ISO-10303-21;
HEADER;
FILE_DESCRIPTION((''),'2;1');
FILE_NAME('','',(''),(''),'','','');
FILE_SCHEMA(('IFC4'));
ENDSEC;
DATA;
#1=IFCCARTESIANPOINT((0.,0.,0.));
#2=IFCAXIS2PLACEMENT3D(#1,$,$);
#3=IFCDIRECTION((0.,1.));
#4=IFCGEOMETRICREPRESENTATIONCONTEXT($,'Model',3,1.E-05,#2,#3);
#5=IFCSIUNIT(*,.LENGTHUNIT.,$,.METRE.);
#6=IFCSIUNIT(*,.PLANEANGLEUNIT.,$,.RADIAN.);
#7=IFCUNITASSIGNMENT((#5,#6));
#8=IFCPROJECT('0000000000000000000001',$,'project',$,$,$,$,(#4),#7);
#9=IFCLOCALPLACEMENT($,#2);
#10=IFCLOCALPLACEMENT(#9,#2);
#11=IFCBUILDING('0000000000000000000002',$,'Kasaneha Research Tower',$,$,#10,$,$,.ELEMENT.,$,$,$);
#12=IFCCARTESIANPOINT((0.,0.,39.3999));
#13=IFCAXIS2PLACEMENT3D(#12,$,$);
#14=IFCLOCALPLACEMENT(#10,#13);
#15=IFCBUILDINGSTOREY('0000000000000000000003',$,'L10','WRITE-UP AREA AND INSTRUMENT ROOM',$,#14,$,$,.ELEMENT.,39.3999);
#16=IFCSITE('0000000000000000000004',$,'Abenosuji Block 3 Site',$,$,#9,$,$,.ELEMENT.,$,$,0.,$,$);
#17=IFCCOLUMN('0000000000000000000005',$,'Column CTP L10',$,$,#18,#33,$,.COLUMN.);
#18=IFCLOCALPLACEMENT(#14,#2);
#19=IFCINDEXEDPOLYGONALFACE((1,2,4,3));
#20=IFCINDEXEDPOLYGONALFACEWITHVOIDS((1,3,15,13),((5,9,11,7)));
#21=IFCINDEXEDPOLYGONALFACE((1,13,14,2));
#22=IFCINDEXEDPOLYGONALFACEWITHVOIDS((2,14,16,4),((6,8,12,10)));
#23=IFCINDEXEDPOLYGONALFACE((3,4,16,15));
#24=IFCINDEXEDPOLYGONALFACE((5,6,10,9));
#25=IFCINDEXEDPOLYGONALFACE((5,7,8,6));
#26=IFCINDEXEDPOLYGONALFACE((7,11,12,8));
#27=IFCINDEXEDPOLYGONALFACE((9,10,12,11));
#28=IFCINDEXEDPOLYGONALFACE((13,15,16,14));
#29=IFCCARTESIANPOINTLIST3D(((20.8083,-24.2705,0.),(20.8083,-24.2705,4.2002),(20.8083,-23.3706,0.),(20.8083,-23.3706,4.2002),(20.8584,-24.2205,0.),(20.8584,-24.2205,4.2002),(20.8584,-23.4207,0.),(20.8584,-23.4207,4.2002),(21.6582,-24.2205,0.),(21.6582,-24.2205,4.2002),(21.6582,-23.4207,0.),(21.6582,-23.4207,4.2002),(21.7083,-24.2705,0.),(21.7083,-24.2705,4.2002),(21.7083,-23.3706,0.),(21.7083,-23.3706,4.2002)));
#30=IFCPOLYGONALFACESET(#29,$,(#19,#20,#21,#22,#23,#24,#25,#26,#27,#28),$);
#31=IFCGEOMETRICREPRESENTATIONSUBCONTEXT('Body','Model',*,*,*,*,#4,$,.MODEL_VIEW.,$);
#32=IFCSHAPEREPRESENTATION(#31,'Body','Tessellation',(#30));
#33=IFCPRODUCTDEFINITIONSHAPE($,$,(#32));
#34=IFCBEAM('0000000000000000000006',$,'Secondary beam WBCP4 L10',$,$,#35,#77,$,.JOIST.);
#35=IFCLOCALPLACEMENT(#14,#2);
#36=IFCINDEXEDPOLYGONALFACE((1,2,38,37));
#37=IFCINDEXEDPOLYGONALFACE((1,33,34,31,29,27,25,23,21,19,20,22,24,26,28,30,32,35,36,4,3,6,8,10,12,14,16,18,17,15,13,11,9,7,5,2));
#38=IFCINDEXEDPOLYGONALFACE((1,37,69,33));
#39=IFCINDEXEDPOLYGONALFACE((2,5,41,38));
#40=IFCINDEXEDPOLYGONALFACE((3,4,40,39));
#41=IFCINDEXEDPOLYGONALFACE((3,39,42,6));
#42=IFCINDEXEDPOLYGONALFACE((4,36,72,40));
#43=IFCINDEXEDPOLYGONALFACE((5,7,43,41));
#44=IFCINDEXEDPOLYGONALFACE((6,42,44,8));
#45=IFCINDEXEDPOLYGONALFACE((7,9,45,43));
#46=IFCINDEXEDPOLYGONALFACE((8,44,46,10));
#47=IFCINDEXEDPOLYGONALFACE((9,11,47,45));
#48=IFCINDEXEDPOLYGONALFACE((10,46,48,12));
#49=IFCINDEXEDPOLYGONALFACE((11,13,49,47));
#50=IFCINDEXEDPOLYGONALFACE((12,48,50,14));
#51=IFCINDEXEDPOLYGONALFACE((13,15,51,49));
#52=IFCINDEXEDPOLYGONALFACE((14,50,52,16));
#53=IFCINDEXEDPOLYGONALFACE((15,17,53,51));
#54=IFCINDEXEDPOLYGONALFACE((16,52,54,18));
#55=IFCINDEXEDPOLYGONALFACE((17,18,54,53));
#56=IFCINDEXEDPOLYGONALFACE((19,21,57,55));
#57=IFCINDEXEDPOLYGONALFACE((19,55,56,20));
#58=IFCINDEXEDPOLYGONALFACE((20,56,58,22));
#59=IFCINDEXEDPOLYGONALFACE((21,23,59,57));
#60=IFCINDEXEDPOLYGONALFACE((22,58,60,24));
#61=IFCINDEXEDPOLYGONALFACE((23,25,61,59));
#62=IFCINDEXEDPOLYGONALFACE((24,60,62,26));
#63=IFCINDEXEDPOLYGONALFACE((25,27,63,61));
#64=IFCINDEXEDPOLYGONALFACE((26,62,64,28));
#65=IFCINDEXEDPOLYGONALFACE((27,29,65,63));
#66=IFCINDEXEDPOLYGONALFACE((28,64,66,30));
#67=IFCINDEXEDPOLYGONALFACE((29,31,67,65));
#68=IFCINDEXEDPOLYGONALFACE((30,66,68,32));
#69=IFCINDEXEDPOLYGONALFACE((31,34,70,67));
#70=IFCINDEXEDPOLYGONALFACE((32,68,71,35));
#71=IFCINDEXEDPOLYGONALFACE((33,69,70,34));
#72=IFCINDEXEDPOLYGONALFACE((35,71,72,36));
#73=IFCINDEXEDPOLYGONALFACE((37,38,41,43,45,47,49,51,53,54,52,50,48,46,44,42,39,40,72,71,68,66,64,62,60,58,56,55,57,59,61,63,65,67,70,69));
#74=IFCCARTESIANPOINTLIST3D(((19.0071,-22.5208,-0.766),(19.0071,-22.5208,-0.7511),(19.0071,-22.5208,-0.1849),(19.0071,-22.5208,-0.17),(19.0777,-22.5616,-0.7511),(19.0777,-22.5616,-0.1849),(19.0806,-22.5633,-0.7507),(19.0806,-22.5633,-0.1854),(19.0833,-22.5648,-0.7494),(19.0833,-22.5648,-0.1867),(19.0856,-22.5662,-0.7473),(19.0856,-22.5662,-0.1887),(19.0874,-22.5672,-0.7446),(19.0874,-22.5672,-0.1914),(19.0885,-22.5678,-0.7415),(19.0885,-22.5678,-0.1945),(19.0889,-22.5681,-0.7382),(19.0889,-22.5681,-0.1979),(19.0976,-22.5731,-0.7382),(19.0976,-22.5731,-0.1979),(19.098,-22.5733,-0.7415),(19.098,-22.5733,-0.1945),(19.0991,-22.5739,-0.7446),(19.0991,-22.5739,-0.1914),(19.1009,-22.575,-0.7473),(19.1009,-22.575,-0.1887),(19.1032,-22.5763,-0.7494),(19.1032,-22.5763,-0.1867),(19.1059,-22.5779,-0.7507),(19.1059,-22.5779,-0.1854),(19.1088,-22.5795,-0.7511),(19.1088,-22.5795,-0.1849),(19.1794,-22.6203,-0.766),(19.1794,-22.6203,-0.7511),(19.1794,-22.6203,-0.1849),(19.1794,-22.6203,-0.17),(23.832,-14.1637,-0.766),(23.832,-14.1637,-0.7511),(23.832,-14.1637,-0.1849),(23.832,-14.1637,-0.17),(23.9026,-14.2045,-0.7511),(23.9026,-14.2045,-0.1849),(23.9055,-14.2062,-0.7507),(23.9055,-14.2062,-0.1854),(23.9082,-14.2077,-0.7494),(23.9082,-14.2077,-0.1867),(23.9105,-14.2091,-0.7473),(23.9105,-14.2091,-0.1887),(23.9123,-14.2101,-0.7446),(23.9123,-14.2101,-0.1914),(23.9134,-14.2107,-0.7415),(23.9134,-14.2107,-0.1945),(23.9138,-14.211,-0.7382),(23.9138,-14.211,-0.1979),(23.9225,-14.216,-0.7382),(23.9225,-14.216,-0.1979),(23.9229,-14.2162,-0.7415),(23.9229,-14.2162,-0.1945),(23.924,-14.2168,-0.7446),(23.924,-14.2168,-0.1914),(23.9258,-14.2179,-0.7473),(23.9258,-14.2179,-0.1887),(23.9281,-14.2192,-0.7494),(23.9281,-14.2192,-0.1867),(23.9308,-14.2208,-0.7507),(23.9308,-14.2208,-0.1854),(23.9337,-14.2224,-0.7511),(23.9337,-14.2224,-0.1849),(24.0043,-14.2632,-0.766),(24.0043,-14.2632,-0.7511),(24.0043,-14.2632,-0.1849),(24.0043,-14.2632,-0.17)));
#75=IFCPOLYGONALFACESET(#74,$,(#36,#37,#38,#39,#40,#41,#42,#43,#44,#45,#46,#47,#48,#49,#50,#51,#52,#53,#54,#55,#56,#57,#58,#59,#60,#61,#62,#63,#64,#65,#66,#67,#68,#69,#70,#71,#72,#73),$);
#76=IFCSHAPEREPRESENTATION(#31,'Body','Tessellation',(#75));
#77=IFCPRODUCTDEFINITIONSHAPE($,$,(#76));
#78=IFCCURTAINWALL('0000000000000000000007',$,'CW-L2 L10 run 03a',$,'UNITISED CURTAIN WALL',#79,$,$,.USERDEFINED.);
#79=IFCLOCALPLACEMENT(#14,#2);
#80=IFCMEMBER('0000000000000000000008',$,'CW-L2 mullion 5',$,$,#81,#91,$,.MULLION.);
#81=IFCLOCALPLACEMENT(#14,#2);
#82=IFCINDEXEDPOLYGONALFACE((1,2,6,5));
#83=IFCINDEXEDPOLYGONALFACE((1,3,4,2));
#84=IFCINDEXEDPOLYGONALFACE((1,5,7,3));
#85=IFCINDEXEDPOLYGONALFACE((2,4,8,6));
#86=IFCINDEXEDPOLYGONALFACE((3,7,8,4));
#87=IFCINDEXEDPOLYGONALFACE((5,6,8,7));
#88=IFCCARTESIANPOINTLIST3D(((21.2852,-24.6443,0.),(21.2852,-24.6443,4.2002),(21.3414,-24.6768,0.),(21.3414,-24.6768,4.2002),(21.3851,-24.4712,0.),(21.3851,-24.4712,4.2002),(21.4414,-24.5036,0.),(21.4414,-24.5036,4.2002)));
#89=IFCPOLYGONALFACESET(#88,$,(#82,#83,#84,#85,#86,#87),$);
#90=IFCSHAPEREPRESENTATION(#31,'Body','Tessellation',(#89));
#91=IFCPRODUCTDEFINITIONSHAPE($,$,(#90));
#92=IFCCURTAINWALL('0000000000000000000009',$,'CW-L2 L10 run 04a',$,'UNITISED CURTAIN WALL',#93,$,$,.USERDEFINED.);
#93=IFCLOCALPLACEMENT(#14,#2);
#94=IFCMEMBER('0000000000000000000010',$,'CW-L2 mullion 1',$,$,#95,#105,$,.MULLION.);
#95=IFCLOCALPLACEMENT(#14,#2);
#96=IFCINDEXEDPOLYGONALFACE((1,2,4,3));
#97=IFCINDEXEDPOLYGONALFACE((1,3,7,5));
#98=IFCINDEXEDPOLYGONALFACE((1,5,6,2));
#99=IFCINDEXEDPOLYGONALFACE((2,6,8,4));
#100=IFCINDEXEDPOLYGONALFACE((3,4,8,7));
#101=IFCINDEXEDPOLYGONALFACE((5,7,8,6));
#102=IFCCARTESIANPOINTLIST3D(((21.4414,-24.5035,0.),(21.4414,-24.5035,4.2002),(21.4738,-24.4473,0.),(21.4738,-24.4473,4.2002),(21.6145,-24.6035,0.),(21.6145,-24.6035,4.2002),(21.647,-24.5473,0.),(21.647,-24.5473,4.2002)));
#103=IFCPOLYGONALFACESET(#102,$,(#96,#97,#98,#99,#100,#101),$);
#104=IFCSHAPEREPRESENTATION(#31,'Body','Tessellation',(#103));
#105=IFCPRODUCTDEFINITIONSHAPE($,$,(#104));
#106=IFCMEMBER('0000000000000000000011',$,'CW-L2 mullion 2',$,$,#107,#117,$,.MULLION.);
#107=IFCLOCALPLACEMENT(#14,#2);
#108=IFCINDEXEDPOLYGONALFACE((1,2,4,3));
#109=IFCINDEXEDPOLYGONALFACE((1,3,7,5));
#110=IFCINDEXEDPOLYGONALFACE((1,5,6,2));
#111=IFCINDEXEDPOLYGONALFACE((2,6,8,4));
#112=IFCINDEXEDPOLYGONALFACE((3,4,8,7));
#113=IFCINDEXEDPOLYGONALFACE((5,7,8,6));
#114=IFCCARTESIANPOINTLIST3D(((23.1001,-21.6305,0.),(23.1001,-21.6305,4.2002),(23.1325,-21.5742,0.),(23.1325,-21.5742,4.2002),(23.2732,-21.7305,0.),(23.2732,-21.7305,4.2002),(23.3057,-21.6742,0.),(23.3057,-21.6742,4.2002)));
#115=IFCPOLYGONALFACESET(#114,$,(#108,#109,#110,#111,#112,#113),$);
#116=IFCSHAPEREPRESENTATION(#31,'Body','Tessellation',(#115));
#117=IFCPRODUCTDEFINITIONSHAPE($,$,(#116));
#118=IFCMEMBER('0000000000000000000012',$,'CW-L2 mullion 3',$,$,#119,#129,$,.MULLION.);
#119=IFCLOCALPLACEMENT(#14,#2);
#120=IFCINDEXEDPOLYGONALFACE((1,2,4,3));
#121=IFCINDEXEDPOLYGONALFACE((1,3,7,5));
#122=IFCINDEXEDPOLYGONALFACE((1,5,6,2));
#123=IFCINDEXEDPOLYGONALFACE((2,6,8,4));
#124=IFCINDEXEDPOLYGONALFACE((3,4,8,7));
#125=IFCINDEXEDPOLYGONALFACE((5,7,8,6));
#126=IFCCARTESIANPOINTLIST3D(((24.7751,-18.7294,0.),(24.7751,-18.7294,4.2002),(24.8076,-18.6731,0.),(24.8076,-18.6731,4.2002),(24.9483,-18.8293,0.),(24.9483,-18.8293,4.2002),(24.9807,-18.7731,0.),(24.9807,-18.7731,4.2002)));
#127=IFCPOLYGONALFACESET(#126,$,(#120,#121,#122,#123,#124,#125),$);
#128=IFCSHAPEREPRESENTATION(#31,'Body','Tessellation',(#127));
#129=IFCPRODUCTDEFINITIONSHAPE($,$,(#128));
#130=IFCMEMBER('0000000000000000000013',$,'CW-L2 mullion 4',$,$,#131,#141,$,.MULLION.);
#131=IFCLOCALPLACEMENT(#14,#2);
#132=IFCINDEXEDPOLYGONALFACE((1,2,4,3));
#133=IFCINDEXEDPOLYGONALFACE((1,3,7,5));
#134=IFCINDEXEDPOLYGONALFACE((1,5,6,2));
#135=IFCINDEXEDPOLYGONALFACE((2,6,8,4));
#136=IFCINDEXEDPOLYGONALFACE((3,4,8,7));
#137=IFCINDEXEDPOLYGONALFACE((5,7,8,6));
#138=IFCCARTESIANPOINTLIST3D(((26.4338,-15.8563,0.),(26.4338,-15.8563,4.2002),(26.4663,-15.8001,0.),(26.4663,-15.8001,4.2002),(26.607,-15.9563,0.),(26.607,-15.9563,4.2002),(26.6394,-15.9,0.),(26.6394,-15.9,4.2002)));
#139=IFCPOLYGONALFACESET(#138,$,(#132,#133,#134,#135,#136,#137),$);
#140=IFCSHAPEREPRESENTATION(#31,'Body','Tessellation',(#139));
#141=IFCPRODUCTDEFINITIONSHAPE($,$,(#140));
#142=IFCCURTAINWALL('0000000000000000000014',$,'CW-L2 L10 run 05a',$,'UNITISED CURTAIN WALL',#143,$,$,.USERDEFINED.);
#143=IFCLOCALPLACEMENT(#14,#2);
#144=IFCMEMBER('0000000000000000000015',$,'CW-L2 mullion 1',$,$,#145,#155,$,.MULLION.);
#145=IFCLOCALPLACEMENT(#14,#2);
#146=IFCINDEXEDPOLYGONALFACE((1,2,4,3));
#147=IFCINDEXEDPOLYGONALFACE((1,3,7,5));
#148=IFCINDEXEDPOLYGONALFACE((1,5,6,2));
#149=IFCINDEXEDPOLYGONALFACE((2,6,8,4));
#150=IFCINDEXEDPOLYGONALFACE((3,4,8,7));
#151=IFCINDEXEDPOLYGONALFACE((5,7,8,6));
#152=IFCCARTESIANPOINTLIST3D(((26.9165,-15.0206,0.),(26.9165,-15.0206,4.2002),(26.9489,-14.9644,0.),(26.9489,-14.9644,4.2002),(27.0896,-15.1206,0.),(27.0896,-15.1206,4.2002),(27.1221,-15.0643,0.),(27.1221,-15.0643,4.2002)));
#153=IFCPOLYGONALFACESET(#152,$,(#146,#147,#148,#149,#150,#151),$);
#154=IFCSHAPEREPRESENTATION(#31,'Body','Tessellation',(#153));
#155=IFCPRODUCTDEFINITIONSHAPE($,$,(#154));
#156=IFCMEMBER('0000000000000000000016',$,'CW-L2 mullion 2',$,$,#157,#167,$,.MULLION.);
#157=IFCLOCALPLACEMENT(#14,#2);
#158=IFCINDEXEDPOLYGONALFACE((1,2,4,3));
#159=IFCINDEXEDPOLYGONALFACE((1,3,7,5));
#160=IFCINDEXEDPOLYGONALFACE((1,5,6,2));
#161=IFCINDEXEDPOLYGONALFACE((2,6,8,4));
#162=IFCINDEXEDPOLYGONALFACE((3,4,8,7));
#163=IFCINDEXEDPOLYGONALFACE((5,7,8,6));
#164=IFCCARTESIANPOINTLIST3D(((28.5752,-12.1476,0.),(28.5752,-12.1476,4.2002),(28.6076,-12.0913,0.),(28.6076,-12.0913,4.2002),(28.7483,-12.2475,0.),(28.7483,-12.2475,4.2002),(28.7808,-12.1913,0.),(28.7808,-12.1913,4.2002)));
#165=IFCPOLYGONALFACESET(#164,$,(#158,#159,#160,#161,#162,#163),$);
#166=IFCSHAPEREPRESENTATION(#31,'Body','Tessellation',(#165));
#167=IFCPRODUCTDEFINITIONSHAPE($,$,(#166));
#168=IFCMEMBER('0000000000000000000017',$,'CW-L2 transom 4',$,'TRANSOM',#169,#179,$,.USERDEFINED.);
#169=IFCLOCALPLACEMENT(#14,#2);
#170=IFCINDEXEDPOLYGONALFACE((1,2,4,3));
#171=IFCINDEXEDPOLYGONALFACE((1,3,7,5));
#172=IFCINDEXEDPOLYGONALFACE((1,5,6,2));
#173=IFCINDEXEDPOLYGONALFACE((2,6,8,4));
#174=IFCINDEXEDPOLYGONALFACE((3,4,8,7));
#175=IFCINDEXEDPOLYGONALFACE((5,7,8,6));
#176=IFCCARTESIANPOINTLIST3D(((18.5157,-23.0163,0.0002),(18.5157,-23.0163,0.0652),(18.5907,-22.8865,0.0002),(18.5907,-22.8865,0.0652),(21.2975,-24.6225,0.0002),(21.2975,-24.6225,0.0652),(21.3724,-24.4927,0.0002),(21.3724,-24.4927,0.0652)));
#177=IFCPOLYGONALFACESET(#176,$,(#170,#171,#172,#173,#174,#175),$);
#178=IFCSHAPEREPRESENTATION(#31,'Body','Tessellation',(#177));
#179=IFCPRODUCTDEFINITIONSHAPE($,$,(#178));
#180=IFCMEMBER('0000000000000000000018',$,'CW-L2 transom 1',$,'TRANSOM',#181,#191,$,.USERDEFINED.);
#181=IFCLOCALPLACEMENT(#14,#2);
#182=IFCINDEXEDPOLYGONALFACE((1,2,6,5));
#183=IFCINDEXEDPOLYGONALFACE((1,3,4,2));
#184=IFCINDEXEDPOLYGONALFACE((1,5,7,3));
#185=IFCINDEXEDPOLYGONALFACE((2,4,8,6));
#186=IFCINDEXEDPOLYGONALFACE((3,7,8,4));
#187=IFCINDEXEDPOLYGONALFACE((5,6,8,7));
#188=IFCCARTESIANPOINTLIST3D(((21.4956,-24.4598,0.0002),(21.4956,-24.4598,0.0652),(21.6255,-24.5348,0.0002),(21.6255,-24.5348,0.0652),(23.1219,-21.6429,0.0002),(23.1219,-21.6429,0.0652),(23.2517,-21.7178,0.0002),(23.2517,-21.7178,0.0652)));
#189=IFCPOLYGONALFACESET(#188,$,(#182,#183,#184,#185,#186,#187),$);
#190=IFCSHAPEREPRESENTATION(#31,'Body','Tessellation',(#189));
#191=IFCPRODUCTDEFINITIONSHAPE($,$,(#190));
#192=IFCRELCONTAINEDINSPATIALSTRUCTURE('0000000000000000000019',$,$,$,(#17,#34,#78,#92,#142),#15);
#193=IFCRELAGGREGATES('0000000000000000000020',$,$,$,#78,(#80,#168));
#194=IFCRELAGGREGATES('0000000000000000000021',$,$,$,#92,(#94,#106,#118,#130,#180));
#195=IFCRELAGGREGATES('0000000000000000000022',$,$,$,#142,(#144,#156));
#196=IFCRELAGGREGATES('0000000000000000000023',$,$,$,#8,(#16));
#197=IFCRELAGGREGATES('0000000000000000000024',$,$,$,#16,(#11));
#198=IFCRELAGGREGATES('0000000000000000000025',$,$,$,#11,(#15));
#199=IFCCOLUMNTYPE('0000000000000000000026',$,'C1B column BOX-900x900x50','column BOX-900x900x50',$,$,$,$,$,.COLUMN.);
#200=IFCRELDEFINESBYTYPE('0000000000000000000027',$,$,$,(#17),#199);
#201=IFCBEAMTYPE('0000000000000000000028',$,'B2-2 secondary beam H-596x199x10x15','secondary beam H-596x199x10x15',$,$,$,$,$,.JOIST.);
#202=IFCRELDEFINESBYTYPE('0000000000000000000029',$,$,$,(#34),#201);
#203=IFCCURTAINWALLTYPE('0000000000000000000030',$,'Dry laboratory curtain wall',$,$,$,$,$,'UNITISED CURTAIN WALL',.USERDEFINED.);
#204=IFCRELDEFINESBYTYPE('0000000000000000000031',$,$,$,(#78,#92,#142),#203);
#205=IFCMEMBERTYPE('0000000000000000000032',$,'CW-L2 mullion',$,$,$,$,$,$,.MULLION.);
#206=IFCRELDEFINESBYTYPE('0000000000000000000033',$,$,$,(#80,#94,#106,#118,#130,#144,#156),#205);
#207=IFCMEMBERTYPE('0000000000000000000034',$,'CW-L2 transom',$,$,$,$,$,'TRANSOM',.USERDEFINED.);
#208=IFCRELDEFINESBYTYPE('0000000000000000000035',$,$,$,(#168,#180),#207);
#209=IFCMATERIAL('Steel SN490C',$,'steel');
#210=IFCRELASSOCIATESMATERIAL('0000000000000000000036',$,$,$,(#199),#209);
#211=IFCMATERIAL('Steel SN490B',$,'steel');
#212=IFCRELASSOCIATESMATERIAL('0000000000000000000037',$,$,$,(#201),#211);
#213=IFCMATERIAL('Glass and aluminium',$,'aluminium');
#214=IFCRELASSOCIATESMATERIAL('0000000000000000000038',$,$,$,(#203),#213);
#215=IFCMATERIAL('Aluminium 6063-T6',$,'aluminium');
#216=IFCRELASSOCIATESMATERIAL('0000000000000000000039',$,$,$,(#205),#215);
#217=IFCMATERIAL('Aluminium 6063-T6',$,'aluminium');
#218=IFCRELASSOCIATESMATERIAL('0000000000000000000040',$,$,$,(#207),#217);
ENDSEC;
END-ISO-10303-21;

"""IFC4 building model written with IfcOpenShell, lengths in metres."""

from ifc_helpers import new_model, si_unit, direction, frame, origin, origin_2d, place, context, subcontext, project, spatial, rectangle, hollow_rectangle, i_section, extrude, material, material_profile, profile_set, type_object, element, aggregate, save


model = new_model("IFC4")

# Units and contexts
model_context = context("Model", 3, precision=1e-05, world=origin(), true_north=direction((0.0, 1.0)))
body_context = subcontext(model_context, "Body", "Model", "MODEL_VIEW")
ifc_project = project(units=[si_unit("LENGTHUNIT", "METRE"), si_unit("PLANEANGLEUNIT", "RADIAN")], contexts=[model_context])

# Site, building, storey
site_placement = place(None, origin())
site = spatial("IfcSite", under=ifc_project, at=site_placement, Name="Abenosuji Block 3 Site", CompositionType="ELEMENT", RefElevation=0.0)
building_placement = place(site_placement, origin())
building = spatial("IfcBuilding", under=site, at=building_placement, Name="Kasaneha Research Tower", CompositionType="ELEMENT")
storey_placement = place(building_placement, frame((0.0, 0.0, 39.3999)))
storey = spatial("IfcBuildingStorey", under=building, at=storey_placement, Name="L10", Description="WRITE-UP AREA AND INSTRUMENT ROOM", CompositionType="ELEMENT", Elevation=39.3999)

# Column
ifc_material_1 = material(Name="Steel SN490C", Category="steel")
ifc_material_profile_1 = material_profile(ifc_material_1, hollow_rectangle(XDim=0.8999, YDim=0.8999, WallThickness=0.05, at=origin_2d()), Name="BOX-900x900x50")
ifc_profile_set_1 = profile_set([ifc_material_profile_1], Name="Steel SN490C")
column_type = type_object("IfcColumnType", Name="C1B column BOX-900x900x50", Description="column BOX-900x900x50", PredefinedType="COLUMN", material=ifc_profile_set_1)
column_placement = place(storey_placement, frame((21.2583, -23.8206, 0.0), z_axis=(0.0, 0.0, 1.0), x_axis=(1.0, 0.0, 0.0)))
element("IfcColumn", 1, at=column_placement, inside=storey, type_object=column_type, Name="Column CTP L10", PredefinedType="COLUMN", context=body_context, shape_type="SweptSolid", body=[
    extrude(hollow_rectangle(XDim=0.8999, YDim=0.8999, WallThickness=0.05, at=origin_2d()), origin(), (0.0, 0.0, 1.0), 4.2002),
])

# Beam
ifc_material_2 = material(Name="Steel SN490B", Category="steel")
ifc_material_profile_2 = material_profile(ifc_material_2, i_section(OverallWidth=0.199, OverallDepth=0.5959, WebThickness=0.01, FlangeThickness=0.0149, FilletRadius=0.0129, at=origin_2d()), Name="H-596x199x10x15")
ifc_profile_set_2 = profile_set([ifc_material_profile_2], Name="Steel SN490B")
beam_type_1 = type_object("IfcBeamType", Name="B2-2 secondary beam H-596x199x10x15", Description="secondary beam H-596x199x10x15", PredefinedType="JOIST", material=ifc_profile_set_2)
beam_1_placement = place(storey_placement, frame((19.0933, -22.5706, -0.468), z_axis=(0.499995, 0.866028, 0.0), x_axis=(-0.866028, 0.499995, 0.0)))
element("IfcBeam", 2, at=beam_1_placement, inside=storey, type_object=beam_type_1, Name="Secondary beam WBCP4 L10", PredefinedType="JOIST", context=body_context, shape_type="SweptSolid", body=[
    extrude(i_section(OverallWidth=0.199, OverallDepth=0.5959, WebThickness=0.01, FlangeThickness=0.0149, FilletRadius=0.0129, at=origin_2d()), origin(), (0.0, 0.0, 1.0), 9.6499),
])

# Curtain wall, member
ifc_material_3 = material(Name="Glass and aluminium", Category="aluminium")
curtain_wall_type = type_object("IfcCurtainWallType", Name="Dry laboratory curtain wall", ElementType="UNITISED CURTAIN WALL", PredefinedType="USERDEFINED", material=ifc_material_3)
curtain_wall_1_placement = place(storey_placement, origin())
curtain_wall_1 = element("IfcCurtainWall", 3, at=curtain_wall_1_placement, inside=storey, type_object=curtain_wall_type, Name="CW-L2 L10 run 03a", ObjectType="UNITISED CURTAIN WALL", PredefinedType="USERDEFINED")
ifc_material_4 = material(Name="Aluminium 6063-T6", Category="aluminium")
ifc_material_profile_3 = material_profile(ifc_material_4, rectangle(XDim=0.0649, YDim=0.2, at=origin_2d()), Name="CW-L2 mullion 65x200")
ifc_profile_set_3 = profile_set([ifc_material_profile_3], Name="Aluminium 6063-T6")
member_type_1 = type_object("IfcMemberType", Name="CW-L2 mullion", PredefinedType="MULLION", material=ifc_profile_set_3)
member_1_placement = place(storey_placement, frame((21.3633, -24.574, 0.0), z_axis=(0.0, 0.0, 1.0), x_axis=(0.866025, -0.5, 0.0)))
member_1 = element("IfcMember", 4, at=member_1_placement, type_object=member_type_1, Name="CW-L2 mullion 5", PredefinedType="MULLION", context=body_context, shape_type="SweptSolid", body=[
    extrude(rectangle(XDim=0.0649, YDim=0.2, at=origin_2d()), origin(), (0.0, 0.0, 1.0), 4.2002),
])

# Curtain walls, members
curtain_wall_2_placement = place(storey_placement, origin())
curtain_wall_2 = element("IfcCurtainWall", 5, at=curtain_wall_2_placement, inside=storey, type_object=curtain_wall_type, Name="CW-L2 L10 run 04a", ObjectType="UNITISED CURTAIN WALL", PredefinedType="USERDEFINED")
member_2_placement = place(storey_placement, frame((21.5442, -24.5254, 0.0), z_axis=(0.0, 0.0, 1.0), x_axis=(0.5, 0.866025, 0.0)))
member_2 = element("IfcMember", 6, at=member_2_placement, type_object=member_type_1, Name="CW-L2 mullion 1", PredefinedType="MULLION", context=body_context, shape_type="SweptSolid", body=[
    extrude(rectangle(XDim=0.0649, YDim=0.2, at=origin_2d()), origin(), (0.0, 0.0, 1.0), 4.2002),
])
member_3_placement = place(storey_placement, frame((23.2029, -21.6523, 0.0), z_axis=(0.0, 0.0, 1.0), x_axis=(0.5, 0.866025, 0.0)))
member_3 = element("IfcMember", 7, at=member_3_placement, type_object=member_type_1, Name="CW-L2 mullion 2", PredefinedType="MULLION", context=body_context, shape_type="SweptSolid", body=[
    extrude(rectangle(XDim=0.0649, YDim=0.2, at=origin_2d()), origin(), (0.0, 0.0, 1.0), 4.2002),
])
member_4_placement = place(storey_placement, frame((24.8779, -18.7512, 0.0), z_axis=(0.0, 0.0, 1.0), x_axis=(0.5, 0.866025, 0.0)))
member_4 = element("IfcMember", 8, at=member_4_placement, type_object=member_type_1, Name="CW-L2 mullion 3", PredefinedType="MULLION", context=body_context, shape_type="SweptSolid", body=[
    extrude(rectangle(XDim=0.0649, YDim=0.2, at=origin_2d()), origin(), (0.0, 0.0, 1.0), 4.2002),
])
member_5_placement = place(storey_placement, frame((26.5366, -15.8782, 0.0), z_axis=(0.0, 0.0, 1.0), x_axis=(0.5, 0.866025, 0.0)))
member_5 = element("IfcMember", 9, at=member_5_placement, type_object=member_type_1, Name="CW-L2 mullion 4", PredefinedType="MULLION", context=body_context, shape_type="SweptSolid", body=[
    extrude(rectangle(XDim=0.0649, YDim=0.2, at=origin_2d()), origin(), (0.0, 0.0, 1.0), 4.2002),
])
curtain_wall_3_placement = place(storey_placement, origin())
curtain_wall_3 = element("IfcCurtainWall", 10, at=curtain_wall_3_placement, inside=storey, type_object=curtain_wall_type, Name="CW-L2 L10 run 05a", ObjectType="UNITISED CURTAIN WALL", PredefinedType="USERDEFINED")
member_6_placement = place(storey_placement, frame((27.0193, -15.0425, 0.0), z_axis=(0.0, 0.0, 1.0), x_axis=(0.5, 0.866025, 0.0)))
member_6 = element("IfcMember", 11, at=member_6_placement, type_object=member_type_1, Name="CW-L2 mullion 1", PredefinedType="MULLION", context=body_context, shape_type="SweptSolid", body=[
    extrude(rectangle(XDim=0.0649, YDim=0.2, at=origin_2d()), origin(), (0.0, 0.0, 1.0), 4.2002),
])
member_7_placement = place(storey_placement, frame((28.678, -12.1694, 0.0), z_axis=(0.0, 0.0, 1.0), x_axis=(0.5, 0.866025, 0.0)))
member_7 = element("IfcMember", 12, at=member_7_placement, type_object=member_type_1, Name="CW-L2 mullion 2", PredefinedType="MULLION", context=body_context, shape_type="SweptSolid", body=[
    extrude(rectangle(XDim=0.0649, YDim=0.2, at=origin_2d()), origin(), (0.0, 0.0, 1.0), 4.2002),
])

# Members
ifc_material_5 = material(Name="Aluminium 6063-T6", Category="aluminium")
ifc_material_profile_4 = material_profile(ifc_material_5, rectangle(XDim=0.1499, YDim=0.0649, at=origin_2d()), Name="CW-L2 transom 150x65")
ifc_profile_set_4 = profile_set([ifc_material_profile_4], Name="Aluminium 6063-T6")
member_type_2 = type_object("IfcMemberType", Name="CW-L2 transom", ElementType="TRANSOM", PredefinedType="USERDEFINED", material=ifc_profile_set_4)
member_8_placement = place(storey_placement, frame((18.5532, -22.9514, 0.0327), z_axis=(0.866003, -0.500038, 0.0), x_axis=(0.500038, 0.866003, 0.0)))
member_8 = element("IfcMember", 13, at=member_8_placement, type_object=member_type_2, Name="CW-L2 transom 4", ObjectType="TRANSOM", PredefinedType="USERDEFINED", context=body_context, shape_type="SweptSolid", body=[
    extrude(rectangle(XDim=0.1499, YDim=0.0649, at=origin_2d()), origin(), (0.0, 0.0, 1.0), 3.2122),
])
member_9_placement = place(storey_placement, frame((21.5605, -24.4973, 0.0327), z_axis=(0.499974, 0.866041, 0.0), x_axis=(-0.866041, 0.499974, 0.0)))
member_9 = element("IfcMember", 14, at=member_9_placement, type_object=member_type_2, Name="CW-L2 transom 1", ObjectType="TRANSOM", PredefinedType="USERDEFINED", context=body_context, shape_type="SweptSolid", body=[
    extrude(rectangle(XDim=0.1499, YDim=0.0649, at=origin_2d()), origin(), (0.0, 0.0, 1.0), 3.2527),
])

aggregate(curtain_wall_1, [member_1, member_8])
aggregate(curtain_wall_2, [member_2, member_3, member_4, member_5, member_9])
aggregate(curtain_wall_3, [member_6, member_7])

save(model, "model.ifc")
